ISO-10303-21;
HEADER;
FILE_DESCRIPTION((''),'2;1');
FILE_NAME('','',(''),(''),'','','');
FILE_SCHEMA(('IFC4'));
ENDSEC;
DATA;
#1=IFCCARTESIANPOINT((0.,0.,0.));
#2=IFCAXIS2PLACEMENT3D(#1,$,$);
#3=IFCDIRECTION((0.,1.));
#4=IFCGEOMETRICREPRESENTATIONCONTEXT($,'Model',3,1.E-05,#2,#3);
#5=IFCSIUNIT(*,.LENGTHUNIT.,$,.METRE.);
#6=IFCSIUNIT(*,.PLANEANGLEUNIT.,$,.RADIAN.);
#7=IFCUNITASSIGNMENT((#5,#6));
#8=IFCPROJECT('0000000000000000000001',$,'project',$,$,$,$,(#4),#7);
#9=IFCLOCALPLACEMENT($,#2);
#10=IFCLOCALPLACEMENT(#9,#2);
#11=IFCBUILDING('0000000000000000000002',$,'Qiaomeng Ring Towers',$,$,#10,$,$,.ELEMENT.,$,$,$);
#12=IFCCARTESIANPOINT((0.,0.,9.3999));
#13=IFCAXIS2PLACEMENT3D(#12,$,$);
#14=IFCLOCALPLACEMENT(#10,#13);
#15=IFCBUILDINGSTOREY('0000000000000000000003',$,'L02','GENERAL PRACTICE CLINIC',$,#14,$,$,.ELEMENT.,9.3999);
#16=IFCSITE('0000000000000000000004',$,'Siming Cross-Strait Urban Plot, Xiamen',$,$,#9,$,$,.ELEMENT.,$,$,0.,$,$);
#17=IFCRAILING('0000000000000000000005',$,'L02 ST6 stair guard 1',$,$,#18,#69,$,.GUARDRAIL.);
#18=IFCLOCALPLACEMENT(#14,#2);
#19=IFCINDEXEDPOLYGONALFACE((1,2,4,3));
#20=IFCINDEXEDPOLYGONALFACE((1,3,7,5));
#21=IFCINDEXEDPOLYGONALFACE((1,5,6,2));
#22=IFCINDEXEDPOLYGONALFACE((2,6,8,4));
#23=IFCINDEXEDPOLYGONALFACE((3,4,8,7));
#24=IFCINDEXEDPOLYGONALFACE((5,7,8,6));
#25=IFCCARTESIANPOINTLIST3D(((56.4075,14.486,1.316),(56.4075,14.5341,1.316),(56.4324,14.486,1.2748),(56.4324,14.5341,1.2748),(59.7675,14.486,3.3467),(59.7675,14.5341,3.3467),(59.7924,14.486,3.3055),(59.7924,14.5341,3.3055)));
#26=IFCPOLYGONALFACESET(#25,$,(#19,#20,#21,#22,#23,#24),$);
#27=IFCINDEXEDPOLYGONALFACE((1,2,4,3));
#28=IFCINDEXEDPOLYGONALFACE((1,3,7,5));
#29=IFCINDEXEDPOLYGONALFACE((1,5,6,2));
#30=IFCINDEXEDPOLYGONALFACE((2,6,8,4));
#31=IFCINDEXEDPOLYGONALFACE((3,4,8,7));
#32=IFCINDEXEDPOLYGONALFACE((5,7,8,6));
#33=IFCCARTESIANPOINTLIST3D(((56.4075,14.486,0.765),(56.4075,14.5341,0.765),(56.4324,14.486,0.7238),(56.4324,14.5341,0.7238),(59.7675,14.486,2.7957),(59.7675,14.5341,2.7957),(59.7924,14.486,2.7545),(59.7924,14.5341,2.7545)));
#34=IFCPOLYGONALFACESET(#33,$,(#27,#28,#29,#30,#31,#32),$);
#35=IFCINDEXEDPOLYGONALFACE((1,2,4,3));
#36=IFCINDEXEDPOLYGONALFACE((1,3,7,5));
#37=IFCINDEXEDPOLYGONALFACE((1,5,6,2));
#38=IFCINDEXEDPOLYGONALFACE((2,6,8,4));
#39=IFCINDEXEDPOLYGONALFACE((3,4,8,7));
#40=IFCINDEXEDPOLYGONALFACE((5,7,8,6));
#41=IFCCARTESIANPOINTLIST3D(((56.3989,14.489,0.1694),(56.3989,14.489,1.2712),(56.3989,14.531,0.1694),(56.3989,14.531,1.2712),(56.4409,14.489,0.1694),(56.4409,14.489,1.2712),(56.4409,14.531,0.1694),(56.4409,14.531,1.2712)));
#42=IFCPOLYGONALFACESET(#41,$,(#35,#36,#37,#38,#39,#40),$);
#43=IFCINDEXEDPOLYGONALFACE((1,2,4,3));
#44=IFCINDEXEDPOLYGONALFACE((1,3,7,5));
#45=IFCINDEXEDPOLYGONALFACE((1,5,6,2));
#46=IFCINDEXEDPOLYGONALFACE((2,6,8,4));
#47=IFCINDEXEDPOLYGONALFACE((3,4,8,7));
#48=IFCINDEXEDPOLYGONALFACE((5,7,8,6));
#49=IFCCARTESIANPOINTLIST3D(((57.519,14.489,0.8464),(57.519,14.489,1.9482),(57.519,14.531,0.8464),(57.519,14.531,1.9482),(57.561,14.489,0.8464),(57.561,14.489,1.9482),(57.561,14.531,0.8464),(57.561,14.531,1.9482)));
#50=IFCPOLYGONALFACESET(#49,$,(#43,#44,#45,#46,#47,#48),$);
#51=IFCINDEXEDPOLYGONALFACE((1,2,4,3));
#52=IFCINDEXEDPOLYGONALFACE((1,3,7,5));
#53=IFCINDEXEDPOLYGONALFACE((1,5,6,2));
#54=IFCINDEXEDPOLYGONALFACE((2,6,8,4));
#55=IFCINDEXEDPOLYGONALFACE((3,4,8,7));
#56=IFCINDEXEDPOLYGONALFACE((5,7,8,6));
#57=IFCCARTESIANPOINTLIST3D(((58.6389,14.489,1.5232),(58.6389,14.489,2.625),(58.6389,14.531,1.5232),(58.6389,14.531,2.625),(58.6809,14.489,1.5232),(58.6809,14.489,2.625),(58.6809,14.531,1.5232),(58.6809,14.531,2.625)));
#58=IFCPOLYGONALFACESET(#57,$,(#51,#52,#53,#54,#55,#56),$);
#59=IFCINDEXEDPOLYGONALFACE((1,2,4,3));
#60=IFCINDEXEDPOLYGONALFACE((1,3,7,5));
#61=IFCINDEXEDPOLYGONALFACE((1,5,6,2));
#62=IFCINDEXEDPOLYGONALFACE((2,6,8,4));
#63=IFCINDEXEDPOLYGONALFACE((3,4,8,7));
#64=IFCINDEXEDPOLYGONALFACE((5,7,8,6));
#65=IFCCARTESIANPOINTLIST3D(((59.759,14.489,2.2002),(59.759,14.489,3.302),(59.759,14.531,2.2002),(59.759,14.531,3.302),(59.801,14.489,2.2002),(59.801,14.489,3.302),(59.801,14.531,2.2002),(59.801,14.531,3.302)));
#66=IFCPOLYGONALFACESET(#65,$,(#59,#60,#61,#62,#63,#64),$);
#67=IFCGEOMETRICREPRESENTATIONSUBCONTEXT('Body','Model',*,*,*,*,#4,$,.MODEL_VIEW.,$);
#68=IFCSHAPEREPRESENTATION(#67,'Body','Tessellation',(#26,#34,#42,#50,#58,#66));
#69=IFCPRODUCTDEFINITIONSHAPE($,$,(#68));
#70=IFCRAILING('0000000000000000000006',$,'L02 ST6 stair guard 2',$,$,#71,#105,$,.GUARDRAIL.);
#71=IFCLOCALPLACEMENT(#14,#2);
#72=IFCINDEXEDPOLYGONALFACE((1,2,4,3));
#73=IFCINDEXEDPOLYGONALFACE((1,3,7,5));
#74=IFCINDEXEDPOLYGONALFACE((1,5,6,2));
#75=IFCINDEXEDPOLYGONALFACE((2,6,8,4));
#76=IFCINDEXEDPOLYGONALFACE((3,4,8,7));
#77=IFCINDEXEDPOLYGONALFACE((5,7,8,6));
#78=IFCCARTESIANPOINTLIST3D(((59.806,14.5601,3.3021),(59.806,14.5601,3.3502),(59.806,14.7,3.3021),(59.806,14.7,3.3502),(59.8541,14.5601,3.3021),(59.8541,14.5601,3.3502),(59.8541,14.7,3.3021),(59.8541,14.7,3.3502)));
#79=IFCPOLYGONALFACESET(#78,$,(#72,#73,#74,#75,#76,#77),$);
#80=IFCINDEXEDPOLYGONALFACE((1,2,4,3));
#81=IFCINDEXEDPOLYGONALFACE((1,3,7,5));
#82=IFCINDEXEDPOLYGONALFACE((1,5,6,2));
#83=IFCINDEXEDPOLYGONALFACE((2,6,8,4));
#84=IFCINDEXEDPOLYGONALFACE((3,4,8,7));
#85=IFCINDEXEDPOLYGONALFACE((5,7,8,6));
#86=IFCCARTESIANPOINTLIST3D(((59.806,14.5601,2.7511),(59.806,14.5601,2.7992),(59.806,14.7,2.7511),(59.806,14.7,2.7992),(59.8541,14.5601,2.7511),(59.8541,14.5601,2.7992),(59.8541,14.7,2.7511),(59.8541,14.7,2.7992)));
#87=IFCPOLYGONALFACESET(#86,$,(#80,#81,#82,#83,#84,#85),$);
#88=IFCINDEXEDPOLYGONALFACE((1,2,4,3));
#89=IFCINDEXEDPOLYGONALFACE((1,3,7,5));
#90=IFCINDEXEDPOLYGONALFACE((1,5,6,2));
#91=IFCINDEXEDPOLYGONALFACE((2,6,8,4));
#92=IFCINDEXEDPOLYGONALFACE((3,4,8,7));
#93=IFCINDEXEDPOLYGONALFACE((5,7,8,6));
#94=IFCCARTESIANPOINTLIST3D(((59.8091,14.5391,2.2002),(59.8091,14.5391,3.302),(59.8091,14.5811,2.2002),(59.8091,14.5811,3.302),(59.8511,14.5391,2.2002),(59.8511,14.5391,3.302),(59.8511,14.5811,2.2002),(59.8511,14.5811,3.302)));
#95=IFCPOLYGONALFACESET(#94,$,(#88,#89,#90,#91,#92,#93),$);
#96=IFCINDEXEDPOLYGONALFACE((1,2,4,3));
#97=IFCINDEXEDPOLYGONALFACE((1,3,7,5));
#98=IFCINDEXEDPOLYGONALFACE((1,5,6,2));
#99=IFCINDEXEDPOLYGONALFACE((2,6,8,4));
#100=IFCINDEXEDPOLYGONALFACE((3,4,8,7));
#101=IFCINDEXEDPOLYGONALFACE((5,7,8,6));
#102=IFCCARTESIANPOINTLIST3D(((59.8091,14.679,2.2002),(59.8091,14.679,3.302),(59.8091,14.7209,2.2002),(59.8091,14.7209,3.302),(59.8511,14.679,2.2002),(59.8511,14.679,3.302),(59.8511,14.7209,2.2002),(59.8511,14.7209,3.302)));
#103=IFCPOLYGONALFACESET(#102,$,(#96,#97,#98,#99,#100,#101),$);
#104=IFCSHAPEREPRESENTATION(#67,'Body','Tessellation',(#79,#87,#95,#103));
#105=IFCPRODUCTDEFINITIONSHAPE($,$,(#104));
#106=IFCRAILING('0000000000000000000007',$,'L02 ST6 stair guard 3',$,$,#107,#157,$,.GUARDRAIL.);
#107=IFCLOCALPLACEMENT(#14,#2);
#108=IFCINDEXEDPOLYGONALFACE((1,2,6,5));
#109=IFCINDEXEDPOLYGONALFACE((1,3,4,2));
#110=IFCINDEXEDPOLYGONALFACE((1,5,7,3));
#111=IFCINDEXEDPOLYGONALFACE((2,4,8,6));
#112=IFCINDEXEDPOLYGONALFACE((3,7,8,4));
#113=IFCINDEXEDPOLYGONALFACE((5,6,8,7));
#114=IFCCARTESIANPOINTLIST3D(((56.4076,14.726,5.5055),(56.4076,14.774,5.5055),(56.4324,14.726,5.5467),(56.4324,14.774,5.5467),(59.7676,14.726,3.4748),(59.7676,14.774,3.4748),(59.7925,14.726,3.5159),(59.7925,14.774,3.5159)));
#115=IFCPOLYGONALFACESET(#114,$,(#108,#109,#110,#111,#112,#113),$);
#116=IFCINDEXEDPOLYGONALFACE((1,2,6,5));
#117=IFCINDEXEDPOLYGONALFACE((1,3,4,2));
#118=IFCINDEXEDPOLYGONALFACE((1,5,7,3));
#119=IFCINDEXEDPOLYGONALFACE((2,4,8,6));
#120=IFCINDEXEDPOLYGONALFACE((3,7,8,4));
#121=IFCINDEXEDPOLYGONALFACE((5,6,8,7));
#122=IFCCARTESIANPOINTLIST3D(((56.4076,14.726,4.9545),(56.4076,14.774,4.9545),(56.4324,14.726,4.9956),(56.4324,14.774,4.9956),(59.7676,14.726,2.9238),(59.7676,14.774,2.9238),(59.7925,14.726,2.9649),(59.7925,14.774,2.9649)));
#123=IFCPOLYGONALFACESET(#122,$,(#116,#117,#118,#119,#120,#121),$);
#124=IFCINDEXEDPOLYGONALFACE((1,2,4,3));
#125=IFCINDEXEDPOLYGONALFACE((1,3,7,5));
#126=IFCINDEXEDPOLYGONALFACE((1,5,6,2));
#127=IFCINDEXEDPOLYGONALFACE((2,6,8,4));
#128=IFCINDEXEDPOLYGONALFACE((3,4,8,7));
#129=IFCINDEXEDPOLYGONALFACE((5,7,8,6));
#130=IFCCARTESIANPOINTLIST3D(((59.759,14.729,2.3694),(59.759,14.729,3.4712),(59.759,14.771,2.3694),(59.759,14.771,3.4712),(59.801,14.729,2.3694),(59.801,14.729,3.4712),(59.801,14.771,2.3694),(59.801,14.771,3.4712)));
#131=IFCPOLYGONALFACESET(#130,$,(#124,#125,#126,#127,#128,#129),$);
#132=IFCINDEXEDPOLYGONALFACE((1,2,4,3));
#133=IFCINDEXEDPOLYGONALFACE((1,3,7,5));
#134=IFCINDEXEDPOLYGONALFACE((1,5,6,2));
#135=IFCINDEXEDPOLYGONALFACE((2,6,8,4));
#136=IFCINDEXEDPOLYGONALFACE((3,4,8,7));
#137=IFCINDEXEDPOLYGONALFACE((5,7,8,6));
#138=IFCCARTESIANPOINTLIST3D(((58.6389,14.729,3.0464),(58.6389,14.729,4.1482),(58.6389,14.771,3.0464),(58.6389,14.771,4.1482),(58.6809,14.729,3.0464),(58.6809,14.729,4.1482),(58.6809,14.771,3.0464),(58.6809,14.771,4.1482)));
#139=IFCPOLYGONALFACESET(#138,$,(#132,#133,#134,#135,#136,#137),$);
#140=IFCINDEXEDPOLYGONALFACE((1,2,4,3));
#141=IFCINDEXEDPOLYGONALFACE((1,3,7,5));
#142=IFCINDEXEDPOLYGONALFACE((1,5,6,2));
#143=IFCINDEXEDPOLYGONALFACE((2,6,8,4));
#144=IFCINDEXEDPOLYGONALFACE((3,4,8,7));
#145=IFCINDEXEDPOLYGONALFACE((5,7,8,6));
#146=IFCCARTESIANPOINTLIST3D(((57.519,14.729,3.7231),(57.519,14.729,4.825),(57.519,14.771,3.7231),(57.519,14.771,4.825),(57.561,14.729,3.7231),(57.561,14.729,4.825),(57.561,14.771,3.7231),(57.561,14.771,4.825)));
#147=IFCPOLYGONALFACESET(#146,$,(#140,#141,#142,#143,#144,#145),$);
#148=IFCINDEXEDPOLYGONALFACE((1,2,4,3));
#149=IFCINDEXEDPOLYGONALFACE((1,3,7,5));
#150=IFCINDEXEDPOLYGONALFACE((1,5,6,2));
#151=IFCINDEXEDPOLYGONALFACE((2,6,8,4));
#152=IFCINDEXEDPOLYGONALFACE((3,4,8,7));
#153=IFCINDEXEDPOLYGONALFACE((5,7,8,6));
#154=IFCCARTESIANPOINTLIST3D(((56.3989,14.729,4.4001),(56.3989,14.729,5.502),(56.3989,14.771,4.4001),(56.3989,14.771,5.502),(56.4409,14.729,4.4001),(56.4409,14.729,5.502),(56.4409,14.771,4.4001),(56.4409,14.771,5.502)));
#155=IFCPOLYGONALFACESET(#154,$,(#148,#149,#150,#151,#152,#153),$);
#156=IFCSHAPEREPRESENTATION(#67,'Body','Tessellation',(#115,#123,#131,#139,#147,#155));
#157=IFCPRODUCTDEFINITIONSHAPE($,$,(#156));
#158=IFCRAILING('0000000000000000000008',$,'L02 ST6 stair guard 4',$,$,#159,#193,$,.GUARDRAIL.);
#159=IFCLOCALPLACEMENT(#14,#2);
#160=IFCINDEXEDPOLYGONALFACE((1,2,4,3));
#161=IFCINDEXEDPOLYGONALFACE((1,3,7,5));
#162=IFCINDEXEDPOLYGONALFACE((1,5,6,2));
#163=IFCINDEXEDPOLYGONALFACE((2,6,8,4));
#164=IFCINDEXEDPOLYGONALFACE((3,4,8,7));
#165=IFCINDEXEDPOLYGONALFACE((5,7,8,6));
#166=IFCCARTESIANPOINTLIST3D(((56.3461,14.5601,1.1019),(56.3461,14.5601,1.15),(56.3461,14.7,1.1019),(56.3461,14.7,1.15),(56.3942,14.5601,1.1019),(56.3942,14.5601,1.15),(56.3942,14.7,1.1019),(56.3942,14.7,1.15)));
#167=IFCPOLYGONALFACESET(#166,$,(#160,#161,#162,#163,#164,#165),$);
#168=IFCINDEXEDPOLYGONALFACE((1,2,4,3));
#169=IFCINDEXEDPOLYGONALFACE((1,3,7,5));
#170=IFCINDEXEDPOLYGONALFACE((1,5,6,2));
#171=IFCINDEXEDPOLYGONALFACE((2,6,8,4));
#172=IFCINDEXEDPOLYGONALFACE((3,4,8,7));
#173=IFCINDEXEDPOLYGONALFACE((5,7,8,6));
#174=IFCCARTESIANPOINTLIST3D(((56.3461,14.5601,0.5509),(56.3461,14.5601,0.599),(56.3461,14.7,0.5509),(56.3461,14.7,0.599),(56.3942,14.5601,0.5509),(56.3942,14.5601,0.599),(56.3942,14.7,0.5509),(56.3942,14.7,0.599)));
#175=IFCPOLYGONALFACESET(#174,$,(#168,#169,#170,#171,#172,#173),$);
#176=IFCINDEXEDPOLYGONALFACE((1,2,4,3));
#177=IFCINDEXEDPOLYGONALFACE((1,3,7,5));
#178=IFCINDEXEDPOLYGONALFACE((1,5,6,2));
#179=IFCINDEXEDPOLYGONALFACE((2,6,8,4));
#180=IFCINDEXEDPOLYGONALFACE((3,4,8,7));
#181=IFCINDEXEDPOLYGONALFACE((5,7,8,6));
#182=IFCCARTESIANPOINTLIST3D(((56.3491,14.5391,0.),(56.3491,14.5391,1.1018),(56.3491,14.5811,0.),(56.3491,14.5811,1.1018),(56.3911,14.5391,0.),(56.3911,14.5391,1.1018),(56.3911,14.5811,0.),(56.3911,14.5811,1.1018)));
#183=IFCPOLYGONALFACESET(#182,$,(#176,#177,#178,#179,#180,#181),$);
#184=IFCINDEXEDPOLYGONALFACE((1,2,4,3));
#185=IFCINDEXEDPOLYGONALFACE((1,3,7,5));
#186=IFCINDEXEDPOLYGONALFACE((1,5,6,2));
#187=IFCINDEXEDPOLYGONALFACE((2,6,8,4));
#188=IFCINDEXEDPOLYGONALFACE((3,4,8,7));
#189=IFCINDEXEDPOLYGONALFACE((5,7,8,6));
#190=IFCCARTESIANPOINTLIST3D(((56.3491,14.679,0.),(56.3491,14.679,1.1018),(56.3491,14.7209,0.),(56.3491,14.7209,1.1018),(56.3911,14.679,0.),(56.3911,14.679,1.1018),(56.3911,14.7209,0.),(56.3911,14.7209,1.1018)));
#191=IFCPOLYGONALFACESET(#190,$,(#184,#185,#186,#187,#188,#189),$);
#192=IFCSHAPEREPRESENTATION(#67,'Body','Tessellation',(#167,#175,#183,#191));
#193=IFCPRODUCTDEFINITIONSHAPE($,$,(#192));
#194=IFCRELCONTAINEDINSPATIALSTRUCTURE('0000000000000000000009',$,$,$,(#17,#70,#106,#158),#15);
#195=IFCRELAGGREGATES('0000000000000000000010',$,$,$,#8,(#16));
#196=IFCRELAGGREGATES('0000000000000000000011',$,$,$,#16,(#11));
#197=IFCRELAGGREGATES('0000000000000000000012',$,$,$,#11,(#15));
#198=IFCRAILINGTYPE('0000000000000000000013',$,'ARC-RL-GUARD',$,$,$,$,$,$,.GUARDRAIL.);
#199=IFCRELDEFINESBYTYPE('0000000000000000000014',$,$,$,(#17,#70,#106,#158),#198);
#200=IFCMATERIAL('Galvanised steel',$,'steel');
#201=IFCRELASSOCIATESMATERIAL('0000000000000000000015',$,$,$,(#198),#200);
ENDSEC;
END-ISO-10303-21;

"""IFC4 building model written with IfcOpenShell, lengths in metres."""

from ifc_helpers import new_model, si_unit, direction, frame, origin, origin_2d, place, context, subcontext, project, spatial, rectangle, extrude, material, type_object, element, save


model = new_model("IFC4")

# Units and contexts
model_context = context("Model", 3, precision=1e-05, world=origin(), true_north=direction((0.0, 1.0)))
body_context = subcontext(model_context, "Body", "Model", "MODEL_VIEW")
ifc_project = project(units=[si_unit("LENGTHUNIT", "METRE"), si_unit("PLANEANGLEUNIT", "RADIAN")], contexts=[model_context])

# Site, building, storey
site_placement = place(None, origin())
site = spatial("IfcSite", under=ifc_project, at=site_placement, Name="Siming Cross-Strait Urban Plot, Xiamen", CompositionType="ELEMENT", RefElevation=0.0)
building_placement = place(site_placement, origin())
building = spatial("IfcBuilding", under=site, at=building_placement, Name="Qiaomeng Ring Towers", CompositionType="ELEMENT")
storey_placement = place(building_placement, frame((0.0, 0.0, 9.3999)))
storey = spatial("IfcBuildingStorey", under=building, at=storey_placement, Name="L02", Description="GENERAL PRACTICE CLINIC", CompositionType="ELEMENT", Elevation=9.3999)

# Shared definitions
ifc_material_1 = material(Name="Galvanised steel", Category="steel")

# Railings
railing_type_1 = type_object("IfcRailingType", Name="ARC-RL-GUARD", PredefinedType="GUARDRAIL", material=ifc_material_1)
railing_1_placement = place(storey_placement, frame((56.4199, 14.51, 0.1694)))
element("IfcRailing", 1, at=railing_1_placement, inside=storey, type_object=railing_type_1, Name="L02 ST6 stair guard 1", PredefinedType="GUARDRAIL", context=body_context, shape_type="SweptSolid", body=[
    extrude(rectangle(XDim=0.0481, YDim=0.0481, at=origin_2d()), frame((0.0, 0.0, 1.126), z_axis=(0.855837, 0.0, 0.517246), x_axis=(0.0, 1.0, 0.0)), (0.0, 0.0, 1.0), 3.926),
    extrude(rectangle(XDim=0.0481, YDim=0.0481, at=origin_2d()), frame((0.0, 0.0, 0.575), z_axis=(0.855837, 0.0, 0.517246), x_axis=(0.0, 1.0, 0.0)), (0.0, 0.0, 1.0), 3.926),
    extrude(rectangle(XDim=0.042, YDim=0.042, at=origin_2d()), origin(), (0.0, 0.0, 1.0), 1.1018),
    extrude(rectangle(XDim=0.042, YDim=0.042, at=origin_2d()), frame((1.1201, 0.0, 0.677)), (0.0, 0.0, 1.0), 1.1018),
    extrude(rectangle(XDim=0.042, YDim=0.042, at=origin_2d()), frame((2.24, 0.0, 1.3538)), (0.0, 0.0, 1.0), 1.1018),
    extrude(rectangle(XDim=0.042, YDim=0.042, at=origin_2d()), frame((3.3601, 0.0, 2.0308)), (0.0, 0.0, 1.0), 1.1018),
])
railing_2_placement = place(storey_placement, frame((59.8301, 14.5601, 2.2002)))
element("IfcRailing", 2, at=railing_2_placement, inside=storey, type_object=railing_type_1, Name="L02 ST6 stair guard 2", PredefinedType="GUARDRAIL", context=body_context, shape_type="SweptSolid", body=[
    extrude(rectangle(XDim=0.0481, YDim=0.0481, at=origin_2d()), frame((0.0, 0.0, 1.126), z_axis=(0.0, 1.0, 0.0), x_axis=(-1.0, 0.0, 0.0)), (0.0, 0.0, 1.0), 0.1399),
    extrude(rectangle(XDim=0.0481, YDim=0.0481, at=origin_2d()), frame((0.0, 0.0, 0.575), z_axis=(0.0, 1.0, 0.0), x_axis=(-1.0, 0.0, 0.0)), (0.0, 0.0, 1.0), 0.1399),
    extrude(rectangle(XDim=0.042, YDim=0.042, at=origin_2d()), origin(), (0.0, 0.0, 1.0), 1.1018),
    extrude(rectangle(XDim=0.042, YDim=0.042, at=origin_2d()), frame((0.0, 0.1399, 0.0)), (0.0, 0.0, 1.0), 1.1018),
])
railing_3_placement = place(storey_placement, frame((59.78, 14.75, 2.3694)))
element("IfcRailing", 3, at=railing_3_placement, inside=storey, type_object=railing_type_1, Name="L02 ST6 stair guard 3", PredefinedType="GUARDRAIL", context=body_context, shape_type="SweptSolid", body=[
    extrude(rectangle(XDim=0.0481, YDim=0.0481, at=origin_2d()), frame((0.0, 0.0, 1.126), z_axis=(-0.855837, 0.0, 0.517246), x_axis=(0.0, -1.0, 0.0)), (0.0, 0.0, 1.0), 3.926),
    extrude(rectangle(XDim=0.0481, YDim=0.0481, at=origin_2d()), frame((0.0, 0.0, 0.575), z_axis=(-0.855837, 0.0, 0.517246), x_axis=(0.0, -1.0, 0.0)), (0.0, 0.0, 1.0), 3.926),
    extrude(rectangle(XDim=0.042, YDim=0.042, at=origin_2d()), origin(), (0.0, 0.0, 1.0), 1.1018),
    extrude(rectangle(XDim=0.042, YDim=0.042, at=origin_2d()), frame((-1.1201, 0.0, 0.677)), (0.0, 0.0, 1.0), 1.1018),
    extrude(rectangle(XDim=0.042, YDim=0.042, at=origin_2d()), frame((-2.24, 0.0, 1.3538)), (0.0, 0.0, 1.0), 1.1018),
    extrude(rectangle(XDim=0.042, YDim=0.042, at=origin_2d()), frame((-3.3601, 0.0, 2.0308)), (0.0, 0.0, 1.0), 1.1018),
])
railing_4_placement = place(storey_placement, frame((56.3701, 14.5601, 0.0)))
element("IfcRailing", 4, at=railing_4_placement, inside=storey, type_object=railing_type_1, Name="L02 ST6 stair guard 4", PredefinedType="GUARDRAIL", context=body_context, shape_type="SweptSolid", body=[
    extrude(rectangle(XDim=0.0481, YDim=0.0481, at=origin_2d()), frame((0.0, 0.0, 1.126), z_axis=(0.0, 1.0, 0.0), x_axis=(-1.0, 0.0, 0.0)), (0.0, 0.0, 1.0), 0.1399),
    extrude(rectangle(XDim=0.0481, YDim=0.0481, at=origin_2d()), frame((0.0, 0.0, 0.575), z_axis=(0.0, 1.0, 0.0), x_axis=(-1.0, 0.0, 0.0)), (0.0, 0.0, 1.0), 0.1399),
    extrude(rectangle(XDim=0.042, YDim=0.042, at=origin_2d()), origin(), (0.0, 0.0, 1.0), 1.1018),
    extrude(rectangle(XDim=0.042, YDim=0.042, at=origin_2d()), frame((0.0, 0.1399, 0.0)), (0.0, 0.0, 1.0), 1.1018),
])

save(model, "model.ifc")
